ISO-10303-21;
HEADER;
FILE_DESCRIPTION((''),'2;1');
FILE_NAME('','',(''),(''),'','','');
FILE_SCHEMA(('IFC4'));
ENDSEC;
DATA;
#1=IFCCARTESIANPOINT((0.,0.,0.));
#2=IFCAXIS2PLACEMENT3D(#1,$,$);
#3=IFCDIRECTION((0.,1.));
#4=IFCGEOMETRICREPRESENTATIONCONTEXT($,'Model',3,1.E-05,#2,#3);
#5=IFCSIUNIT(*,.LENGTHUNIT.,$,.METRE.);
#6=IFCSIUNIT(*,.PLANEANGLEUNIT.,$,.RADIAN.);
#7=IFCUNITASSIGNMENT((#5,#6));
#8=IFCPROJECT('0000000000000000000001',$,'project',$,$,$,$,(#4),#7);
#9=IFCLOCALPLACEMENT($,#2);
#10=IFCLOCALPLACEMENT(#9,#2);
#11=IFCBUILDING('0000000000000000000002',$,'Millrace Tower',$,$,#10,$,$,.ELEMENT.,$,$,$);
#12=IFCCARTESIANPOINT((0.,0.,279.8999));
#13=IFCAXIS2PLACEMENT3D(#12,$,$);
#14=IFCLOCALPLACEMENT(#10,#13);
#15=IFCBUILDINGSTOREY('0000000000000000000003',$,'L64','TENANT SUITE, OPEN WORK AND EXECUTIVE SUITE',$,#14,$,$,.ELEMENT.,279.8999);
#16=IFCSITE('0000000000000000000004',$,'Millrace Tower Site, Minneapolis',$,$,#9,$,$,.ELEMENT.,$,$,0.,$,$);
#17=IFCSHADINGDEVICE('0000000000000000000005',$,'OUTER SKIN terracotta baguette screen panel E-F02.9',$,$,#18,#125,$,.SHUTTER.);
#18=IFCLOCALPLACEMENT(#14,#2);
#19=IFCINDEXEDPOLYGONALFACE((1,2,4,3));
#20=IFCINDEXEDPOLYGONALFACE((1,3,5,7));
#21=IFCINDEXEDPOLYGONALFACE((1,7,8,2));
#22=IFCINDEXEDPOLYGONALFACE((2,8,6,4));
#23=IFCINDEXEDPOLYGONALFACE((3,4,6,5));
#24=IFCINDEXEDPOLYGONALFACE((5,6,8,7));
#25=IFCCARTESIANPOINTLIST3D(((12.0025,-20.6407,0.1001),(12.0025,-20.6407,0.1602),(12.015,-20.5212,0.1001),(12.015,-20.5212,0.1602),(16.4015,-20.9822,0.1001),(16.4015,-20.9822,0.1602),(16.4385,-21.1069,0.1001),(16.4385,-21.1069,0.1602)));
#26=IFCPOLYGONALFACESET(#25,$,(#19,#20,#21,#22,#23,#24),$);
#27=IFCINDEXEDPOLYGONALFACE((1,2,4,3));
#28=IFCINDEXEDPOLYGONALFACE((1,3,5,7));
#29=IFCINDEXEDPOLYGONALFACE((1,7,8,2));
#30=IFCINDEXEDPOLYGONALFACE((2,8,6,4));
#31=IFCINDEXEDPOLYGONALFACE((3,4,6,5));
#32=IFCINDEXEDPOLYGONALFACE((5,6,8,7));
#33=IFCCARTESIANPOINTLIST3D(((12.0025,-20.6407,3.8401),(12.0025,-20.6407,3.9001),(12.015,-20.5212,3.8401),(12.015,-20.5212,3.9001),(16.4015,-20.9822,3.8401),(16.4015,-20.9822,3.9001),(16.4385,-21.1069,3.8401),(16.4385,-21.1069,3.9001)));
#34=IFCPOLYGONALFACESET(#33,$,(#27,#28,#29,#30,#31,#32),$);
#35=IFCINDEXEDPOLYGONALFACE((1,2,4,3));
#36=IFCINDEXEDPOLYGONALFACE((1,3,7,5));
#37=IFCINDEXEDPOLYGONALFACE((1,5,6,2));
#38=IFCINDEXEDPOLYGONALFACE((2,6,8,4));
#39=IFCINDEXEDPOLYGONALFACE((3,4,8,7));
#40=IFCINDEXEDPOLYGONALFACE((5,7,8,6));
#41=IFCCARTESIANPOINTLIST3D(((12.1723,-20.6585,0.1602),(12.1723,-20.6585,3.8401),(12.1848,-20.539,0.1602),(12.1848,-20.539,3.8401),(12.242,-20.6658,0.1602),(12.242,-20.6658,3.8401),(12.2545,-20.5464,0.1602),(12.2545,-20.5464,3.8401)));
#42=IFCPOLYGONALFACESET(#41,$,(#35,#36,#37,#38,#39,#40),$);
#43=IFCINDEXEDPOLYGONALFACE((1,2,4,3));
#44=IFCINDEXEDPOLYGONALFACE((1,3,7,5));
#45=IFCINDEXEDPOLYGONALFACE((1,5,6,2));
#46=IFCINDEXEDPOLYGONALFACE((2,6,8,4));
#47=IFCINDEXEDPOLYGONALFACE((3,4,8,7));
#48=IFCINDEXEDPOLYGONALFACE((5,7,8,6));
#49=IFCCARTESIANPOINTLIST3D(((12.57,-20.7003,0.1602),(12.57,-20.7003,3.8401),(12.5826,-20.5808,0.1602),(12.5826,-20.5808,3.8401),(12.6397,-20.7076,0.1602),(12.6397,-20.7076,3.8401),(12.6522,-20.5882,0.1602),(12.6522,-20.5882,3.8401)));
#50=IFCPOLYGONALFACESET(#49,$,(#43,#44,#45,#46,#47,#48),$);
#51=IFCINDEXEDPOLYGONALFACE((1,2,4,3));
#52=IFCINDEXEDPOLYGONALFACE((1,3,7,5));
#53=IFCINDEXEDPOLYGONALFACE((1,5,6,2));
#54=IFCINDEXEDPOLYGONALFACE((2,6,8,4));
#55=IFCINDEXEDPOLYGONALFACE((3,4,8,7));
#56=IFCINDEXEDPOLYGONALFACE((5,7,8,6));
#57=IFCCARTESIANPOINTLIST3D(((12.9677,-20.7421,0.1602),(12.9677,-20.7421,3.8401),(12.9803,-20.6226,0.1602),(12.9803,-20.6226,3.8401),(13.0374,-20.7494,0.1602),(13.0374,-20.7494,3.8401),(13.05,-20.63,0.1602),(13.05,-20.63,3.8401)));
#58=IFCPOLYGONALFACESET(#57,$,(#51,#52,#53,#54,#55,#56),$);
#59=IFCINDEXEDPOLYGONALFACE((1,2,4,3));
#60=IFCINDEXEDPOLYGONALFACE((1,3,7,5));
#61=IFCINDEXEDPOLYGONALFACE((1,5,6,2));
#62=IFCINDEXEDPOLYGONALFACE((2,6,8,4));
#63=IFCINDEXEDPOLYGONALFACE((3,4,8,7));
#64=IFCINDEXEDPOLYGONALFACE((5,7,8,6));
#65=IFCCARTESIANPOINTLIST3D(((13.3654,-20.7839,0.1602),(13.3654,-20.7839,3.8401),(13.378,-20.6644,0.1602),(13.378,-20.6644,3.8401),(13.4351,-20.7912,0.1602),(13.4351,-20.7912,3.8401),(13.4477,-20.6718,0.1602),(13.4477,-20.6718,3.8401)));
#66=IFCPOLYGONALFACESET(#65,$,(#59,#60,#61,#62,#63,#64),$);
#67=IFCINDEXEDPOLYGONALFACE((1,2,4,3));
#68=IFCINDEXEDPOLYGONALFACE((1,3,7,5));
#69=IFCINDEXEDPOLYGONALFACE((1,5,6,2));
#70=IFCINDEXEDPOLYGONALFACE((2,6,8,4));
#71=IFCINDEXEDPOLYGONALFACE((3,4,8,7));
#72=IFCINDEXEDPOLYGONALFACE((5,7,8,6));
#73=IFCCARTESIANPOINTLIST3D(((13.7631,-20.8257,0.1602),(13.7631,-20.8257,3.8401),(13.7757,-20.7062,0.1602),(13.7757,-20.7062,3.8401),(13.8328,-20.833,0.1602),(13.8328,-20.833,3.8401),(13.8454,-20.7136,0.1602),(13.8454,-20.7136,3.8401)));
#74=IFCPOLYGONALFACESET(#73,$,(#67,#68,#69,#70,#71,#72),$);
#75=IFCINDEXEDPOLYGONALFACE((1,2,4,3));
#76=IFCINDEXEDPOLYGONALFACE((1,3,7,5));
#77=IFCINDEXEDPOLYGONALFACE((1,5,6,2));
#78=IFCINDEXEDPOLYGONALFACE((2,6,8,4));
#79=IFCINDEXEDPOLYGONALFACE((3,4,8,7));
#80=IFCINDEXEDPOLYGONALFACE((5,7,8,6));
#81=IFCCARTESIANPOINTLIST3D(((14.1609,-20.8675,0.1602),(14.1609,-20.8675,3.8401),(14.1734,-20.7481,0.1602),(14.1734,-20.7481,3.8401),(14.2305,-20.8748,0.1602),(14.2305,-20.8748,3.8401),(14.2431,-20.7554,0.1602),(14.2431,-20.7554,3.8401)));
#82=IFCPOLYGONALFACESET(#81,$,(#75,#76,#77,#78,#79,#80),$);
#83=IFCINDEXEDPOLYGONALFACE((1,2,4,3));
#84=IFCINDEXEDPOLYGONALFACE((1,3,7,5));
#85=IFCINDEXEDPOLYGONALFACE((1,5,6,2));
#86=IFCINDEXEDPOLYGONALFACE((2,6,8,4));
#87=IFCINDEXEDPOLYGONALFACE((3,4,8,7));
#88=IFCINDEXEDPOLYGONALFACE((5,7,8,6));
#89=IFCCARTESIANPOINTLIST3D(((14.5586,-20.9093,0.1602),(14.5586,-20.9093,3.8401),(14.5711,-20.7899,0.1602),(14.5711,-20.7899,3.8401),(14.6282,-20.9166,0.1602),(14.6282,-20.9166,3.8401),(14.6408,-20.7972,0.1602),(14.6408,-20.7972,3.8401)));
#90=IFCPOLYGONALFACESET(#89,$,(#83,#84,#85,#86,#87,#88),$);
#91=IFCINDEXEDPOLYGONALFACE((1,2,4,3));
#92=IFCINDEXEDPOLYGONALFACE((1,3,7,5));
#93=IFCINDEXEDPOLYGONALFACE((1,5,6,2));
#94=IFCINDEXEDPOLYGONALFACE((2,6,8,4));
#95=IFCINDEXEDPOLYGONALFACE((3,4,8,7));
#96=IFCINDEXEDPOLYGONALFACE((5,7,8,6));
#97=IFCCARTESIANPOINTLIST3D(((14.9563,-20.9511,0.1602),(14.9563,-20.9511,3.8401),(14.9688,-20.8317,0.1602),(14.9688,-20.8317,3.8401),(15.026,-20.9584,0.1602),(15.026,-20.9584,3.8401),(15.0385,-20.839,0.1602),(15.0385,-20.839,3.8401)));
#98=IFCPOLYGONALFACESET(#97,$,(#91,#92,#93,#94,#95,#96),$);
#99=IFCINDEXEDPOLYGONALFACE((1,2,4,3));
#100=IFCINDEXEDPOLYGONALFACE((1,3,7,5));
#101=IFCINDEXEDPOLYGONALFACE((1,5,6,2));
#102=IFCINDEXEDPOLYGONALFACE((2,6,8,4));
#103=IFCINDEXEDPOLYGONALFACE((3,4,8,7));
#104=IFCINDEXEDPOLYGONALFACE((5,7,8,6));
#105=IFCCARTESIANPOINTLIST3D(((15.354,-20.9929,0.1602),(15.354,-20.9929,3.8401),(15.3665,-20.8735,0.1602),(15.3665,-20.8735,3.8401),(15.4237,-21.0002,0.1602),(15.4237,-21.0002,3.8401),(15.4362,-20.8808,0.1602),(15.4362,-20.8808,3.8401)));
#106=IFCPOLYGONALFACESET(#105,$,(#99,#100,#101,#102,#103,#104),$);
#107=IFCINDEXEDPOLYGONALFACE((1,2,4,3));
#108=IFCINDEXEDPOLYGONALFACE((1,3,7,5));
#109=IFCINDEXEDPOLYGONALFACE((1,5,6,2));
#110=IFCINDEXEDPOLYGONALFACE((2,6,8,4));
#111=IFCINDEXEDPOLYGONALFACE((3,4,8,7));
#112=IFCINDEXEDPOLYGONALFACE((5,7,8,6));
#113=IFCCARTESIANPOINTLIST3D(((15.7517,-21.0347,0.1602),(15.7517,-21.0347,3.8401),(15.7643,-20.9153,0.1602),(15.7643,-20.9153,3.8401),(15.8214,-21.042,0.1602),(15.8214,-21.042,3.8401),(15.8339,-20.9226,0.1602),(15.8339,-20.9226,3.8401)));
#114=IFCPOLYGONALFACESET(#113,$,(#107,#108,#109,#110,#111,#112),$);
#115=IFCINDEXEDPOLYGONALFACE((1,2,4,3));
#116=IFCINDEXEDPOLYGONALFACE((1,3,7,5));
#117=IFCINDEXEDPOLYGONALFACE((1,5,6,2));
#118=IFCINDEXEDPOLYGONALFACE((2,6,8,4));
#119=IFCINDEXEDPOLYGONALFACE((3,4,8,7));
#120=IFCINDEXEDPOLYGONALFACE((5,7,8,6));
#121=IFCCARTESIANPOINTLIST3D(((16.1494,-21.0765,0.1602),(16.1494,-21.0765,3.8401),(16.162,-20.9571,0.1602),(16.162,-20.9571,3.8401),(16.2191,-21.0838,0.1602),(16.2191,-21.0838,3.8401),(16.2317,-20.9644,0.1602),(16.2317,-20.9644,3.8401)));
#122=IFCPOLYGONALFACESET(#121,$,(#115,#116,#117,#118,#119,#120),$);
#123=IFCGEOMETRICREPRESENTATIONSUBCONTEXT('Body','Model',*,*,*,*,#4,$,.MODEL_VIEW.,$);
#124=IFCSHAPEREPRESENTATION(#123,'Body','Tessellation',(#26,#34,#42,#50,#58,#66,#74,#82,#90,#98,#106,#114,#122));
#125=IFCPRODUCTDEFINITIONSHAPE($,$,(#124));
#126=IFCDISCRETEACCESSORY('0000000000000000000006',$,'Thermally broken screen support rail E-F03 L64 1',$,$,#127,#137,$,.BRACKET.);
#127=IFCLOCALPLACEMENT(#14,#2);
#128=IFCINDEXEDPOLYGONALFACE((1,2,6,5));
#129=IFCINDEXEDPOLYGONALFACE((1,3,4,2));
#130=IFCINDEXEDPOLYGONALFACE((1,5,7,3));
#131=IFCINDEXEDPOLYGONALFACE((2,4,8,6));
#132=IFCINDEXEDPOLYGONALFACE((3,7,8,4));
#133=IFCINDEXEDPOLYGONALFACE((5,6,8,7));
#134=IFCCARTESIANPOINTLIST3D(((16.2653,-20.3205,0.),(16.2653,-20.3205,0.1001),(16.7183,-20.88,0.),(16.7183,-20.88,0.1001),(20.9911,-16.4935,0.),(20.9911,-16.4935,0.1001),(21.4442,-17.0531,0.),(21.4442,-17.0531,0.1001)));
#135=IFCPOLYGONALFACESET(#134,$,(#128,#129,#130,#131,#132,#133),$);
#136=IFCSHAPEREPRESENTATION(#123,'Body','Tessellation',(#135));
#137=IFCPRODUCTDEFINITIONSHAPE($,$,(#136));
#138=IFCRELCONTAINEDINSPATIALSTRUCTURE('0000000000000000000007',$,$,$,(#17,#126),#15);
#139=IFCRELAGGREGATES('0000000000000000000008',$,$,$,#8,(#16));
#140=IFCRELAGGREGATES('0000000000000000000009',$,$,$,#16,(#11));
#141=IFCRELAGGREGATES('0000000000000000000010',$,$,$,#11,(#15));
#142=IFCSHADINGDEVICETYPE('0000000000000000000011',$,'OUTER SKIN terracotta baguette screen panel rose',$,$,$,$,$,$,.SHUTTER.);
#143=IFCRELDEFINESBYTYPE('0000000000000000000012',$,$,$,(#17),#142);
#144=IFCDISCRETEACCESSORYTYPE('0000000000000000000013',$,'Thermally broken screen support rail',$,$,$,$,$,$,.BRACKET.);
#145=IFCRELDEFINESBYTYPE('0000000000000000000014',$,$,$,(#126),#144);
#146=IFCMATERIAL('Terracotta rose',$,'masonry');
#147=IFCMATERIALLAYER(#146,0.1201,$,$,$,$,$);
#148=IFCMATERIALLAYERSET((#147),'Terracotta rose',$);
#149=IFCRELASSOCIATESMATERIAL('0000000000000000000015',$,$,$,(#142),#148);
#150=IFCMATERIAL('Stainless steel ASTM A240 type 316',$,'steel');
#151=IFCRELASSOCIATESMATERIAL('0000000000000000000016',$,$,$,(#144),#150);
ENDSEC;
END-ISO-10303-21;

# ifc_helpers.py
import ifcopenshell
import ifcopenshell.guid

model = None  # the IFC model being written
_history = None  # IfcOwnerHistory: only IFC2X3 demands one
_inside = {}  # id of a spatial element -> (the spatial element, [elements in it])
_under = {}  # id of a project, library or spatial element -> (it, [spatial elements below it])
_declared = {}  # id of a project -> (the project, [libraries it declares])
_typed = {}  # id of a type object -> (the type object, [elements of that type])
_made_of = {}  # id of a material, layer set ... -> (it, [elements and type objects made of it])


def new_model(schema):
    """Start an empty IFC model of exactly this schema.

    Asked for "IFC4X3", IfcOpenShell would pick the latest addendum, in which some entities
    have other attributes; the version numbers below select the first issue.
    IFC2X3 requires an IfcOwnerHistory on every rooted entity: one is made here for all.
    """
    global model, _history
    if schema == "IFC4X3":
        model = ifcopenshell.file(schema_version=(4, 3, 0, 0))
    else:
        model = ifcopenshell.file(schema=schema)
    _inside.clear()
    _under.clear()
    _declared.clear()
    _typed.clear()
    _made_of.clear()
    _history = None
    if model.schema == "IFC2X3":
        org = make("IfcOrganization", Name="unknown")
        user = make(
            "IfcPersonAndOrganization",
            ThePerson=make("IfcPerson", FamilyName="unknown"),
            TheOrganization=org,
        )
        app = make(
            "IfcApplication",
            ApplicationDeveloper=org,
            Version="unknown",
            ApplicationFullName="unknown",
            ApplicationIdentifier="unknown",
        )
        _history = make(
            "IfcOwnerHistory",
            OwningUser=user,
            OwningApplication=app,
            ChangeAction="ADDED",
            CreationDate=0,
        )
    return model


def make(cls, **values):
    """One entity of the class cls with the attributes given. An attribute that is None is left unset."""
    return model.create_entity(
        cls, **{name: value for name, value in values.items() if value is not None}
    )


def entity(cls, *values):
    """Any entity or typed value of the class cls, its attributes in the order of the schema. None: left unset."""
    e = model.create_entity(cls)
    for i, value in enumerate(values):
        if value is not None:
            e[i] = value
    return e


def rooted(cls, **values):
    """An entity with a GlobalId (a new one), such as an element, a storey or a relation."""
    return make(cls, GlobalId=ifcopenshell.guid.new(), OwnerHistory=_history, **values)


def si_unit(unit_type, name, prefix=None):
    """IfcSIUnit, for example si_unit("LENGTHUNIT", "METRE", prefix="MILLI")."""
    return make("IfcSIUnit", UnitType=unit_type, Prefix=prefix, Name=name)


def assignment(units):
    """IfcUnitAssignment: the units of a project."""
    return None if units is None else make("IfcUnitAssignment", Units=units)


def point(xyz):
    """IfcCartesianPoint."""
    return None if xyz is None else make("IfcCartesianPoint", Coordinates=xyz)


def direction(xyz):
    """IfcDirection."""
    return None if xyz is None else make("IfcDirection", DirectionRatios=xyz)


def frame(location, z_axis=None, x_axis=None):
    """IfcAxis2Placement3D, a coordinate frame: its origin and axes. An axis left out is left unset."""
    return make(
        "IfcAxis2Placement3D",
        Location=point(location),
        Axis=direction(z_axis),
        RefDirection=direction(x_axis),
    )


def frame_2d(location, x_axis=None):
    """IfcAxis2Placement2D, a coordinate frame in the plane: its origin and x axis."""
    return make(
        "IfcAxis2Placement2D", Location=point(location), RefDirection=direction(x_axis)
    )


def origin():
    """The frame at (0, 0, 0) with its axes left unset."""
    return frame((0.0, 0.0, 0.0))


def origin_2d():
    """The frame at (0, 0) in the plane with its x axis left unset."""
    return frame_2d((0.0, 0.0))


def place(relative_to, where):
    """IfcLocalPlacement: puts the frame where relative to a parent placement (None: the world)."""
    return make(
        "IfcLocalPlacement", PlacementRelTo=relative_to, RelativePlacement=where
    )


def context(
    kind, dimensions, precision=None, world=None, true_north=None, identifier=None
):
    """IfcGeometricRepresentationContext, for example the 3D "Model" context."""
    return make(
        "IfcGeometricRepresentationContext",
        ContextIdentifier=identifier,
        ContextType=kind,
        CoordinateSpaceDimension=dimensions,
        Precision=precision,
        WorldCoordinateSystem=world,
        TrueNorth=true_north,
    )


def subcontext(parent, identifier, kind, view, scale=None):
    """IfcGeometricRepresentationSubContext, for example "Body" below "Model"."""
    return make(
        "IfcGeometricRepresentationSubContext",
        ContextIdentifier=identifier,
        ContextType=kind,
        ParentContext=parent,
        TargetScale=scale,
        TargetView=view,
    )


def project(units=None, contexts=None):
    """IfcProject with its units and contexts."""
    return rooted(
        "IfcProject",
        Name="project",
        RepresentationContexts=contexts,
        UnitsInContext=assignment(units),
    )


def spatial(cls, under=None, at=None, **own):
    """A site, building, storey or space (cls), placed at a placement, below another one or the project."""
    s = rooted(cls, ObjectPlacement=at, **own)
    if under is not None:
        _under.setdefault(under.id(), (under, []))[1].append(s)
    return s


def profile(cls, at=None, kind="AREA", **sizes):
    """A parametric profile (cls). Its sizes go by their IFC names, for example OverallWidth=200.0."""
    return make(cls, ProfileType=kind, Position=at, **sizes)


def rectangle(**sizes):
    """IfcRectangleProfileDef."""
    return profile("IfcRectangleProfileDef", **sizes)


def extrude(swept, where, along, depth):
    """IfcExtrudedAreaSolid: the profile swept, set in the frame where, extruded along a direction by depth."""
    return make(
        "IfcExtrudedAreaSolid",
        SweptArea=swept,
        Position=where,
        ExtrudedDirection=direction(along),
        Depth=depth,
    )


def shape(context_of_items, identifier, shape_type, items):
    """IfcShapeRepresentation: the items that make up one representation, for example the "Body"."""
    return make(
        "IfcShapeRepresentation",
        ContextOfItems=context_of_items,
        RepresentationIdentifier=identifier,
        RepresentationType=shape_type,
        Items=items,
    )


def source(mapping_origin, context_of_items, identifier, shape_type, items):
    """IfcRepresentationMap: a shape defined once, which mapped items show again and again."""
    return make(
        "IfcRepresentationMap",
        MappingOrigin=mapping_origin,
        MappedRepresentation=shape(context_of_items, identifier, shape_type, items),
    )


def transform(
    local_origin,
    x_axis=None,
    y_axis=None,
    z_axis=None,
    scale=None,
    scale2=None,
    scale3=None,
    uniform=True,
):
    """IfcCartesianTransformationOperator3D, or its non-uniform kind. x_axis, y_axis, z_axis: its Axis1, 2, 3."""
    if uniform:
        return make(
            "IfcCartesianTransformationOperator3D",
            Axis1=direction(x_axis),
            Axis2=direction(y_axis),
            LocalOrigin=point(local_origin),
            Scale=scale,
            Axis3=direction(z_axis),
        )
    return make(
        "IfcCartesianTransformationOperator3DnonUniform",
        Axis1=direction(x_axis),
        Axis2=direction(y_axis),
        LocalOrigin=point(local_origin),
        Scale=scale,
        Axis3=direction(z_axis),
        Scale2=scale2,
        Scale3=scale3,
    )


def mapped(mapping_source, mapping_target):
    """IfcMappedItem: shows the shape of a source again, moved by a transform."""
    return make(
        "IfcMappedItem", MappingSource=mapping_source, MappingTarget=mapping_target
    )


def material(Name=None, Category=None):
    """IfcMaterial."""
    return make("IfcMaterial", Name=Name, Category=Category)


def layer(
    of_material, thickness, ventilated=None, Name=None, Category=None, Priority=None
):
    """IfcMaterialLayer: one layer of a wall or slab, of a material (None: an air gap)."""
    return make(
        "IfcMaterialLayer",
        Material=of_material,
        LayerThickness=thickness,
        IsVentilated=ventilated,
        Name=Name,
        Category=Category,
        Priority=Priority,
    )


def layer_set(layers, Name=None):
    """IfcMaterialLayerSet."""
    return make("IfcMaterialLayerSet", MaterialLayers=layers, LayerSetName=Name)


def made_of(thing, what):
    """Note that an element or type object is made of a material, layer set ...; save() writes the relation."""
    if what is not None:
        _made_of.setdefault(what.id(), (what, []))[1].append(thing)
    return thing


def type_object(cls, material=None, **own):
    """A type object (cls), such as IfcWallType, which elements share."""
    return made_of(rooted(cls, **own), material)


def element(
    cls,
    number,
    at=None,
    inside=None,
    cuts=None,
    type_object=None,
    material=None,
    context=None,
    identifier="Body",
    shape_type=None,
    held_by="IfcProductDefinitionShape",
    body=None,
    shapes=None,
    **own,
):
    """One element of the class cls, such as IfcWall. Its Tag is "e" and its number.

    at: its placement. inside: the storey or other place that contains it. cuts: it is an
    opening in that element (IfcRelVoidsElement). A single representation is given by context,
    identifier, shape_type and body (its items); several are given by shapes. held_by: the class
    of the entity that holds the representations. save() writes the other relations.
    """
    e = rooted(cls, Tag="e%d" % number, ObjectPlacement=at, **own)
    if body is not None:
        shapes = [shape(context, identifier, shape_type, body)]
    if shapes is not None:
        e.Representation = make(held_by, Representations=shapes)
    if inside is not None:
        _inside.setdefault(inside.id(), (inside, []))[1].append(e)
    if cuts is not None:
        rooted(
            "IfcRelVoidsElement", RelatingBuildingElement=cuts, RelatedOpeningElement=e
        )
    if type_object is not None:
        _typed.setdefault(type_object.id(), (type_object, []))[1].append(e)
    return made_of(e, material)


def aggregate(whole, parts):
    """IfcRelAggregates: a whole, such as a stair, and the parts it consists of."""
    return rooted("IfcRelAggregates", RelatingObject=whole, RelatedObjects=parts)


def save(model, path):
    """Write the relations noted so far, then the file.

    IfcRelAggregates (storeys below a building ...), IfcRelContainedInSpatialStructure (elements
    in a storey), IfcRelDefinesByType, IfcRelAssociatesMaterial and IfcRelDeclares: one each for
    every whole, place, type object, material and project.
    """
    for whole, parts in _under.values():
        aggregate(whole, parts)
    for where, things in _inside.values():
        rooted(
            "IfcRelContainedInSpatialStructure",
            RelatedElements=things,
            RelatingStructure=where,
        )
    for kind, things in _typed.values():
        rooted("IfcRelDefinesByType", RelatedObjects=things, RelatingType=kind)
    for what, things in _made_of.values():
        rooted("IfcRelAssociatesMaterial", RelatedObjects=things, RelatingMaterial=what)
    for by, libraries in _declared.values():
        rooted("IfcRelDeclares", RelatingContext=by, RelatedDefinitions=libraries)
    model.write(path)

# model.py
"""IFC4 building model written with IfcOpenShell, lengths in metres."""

from ifc_helpers import new_model, entity, si_unit, direction, frame, frame_2d, origin, origin_2d, place, context, subcontext, project, spatial, rectangle, extrude, source, transform, mapped, material, layer, layer_set, type_object, element, save


model = new_model("IFC4")

# Units and contexts
model_context = context("Model", 3, precision=1e-05, world=origin(), true_north=direction((0.0, 1.0)))
body_context = subcontext(model_context, "Body", "Model", "MODEL_VIEW")
ifc_project = project(units=[si_unit("LENGTHUNIT", "METRE"), si_unit("PLANEANGLEUNIT", "RADIAN")], contexts=[model_context])

# Site, building, storey
site_placement = place(None, origin())
site = spatial("IfcSite", under=ifc_project, at=site_placement, Name="Millrace Tower Site, Minneapolis", CompositionType="ELEMENT", RefElevation=0.0)
building_placement = place(site_placement, origin())
building = spatial("IfcBuilding", under=site, at=building_placement, Name="Millrace Tower", CompositionType="ELEMENT")
storey_placement = place(building_placement, frame((0.0, 0.0, 279.8999)))
storey = spatial("IfcBuildingStorey", under=building, at=storey_placement, Name="L64", Description="TENANT SUITE, OPEN WORK AND EXECUTIVE SUITE", CompositionType="ELEMENT", Elevation=279.8999)

# Shading device
ifc_material_1 = material(Name="Terracotta rose", Category="masonry")
ifc_layer_1 = layer(ifc_material_1, 0.1201)
ifc_layer_set_1 = layer_set([ifc_layer_1], Name="Terracotta rose")
shading_device_type = type_object("IfcShadingDeviceType", Name="OUTER SKIN terracotta baguette screen panel rose", PredefinedType="SHUTTER", material=ifc_layer_set_1)
cartesian_point_1 = entity("IfcCartesianPoint", [-2.2178, 0.0601])
shared_polyline_1 = entity("IfcPolyline", [cartesian_point_1, entity("IfcCartesianPoint", [2.1929, 0.0601]), entity("IfcCartesianPoint", [2.2427, -0.0601]), entity("IfcCartesianPoint", [-2.2178, -0.0601]), cartesian_point_1])
shared_shape_1 = source(origin(), body_context, "Body", "SweptSolid", [
    entity("IfcExtrudedAreaSolid", entity("IfcArbitraryClosedProfileDef", "AREA", None, shared_polyline_1), entity("IfcAxis2Placement3D", entity("IfcCartesianPoint", [0.0, 0.0, 0.0])), entity("IfcDirection", [0.0, 0.0, 1.0]), 0.0601),
    entity("IfcExtrudedAreaSolid", entity("IfcArbitraryClosedProfileDef", "AREA", None, shared_polyline_1), entity("IfcAxis2Placement3D", entity("IfcCartesianPoint", [0.0, 0.0, 3.74])), entity("IfcDirection", [0.0, 0.0, 1.0]), 0.0601),
    extrude(rectangle(XDim=0.0701, YDim=0.1201, at=frame_2d((-2.012, 0.0))), frame((0.0, 0.0, 0.0601)), (0.0, 0.0, 1.0), 3.6799),
    extrude(rectangle(XDim=0.0701, YDim=0.1201, at=frame_2d((-1.6121, 0.0))), frame((0.0, 0.0, 0.0601)), (0.0, 0.0, 1.0), 3.6799),
    extrude(rectangle(XDim=0.0701, YDim=0.1201, at=frame_2d((-1.2122, 0.0))), frame((0.0, 0.0, 0.0601)), (0.0, 0.0, 1.0), 3.6799),
    extrude(rectangle(XDim=0.0701, YDim=0.1201, at=frame_2d((-0.8123, 0.0))), frame((0.0, 0.0, 0.0601)), (0.0, 0.0, 1.0), 3.6799),
    extrude(rectangle(XDim=0.0701, YDim=0.1201, at=frame_2d((-0.4124, 0.0))), frame((0.0, 0.0, 0.0601)), (0.0, 0.0, 1.0), 3.6799),
    extrude(rectangle(XDim=0.0701, YDim=0.1201, at=frame_2d((-0.0125, 0.0))), frame((0.0, 0.0, 0.0601)), (0.0, 0.0, 1.0), 3.6799),
    extrude(rectangle(XDim=0.0701, YDim=0.1201, at=frame_2d((0.3875, 0.0))), frame((0.0, 0.0, 0.0601)), (0.0, 0.0, 1.0), 3.6799),
    extrude(rectangle(XDim=0.0701, YDim=0.1201, at=frame_2d((0.7874, 0.0))), frame((0.0, 0.0, 0.0601)), (0.0, 0.0, 1.0), 3.6799),
    extrude(rectangle(XDim=0.0701, YDim=0.1201, at=frame_2d((1.1873, 0.0))), frame((0.0, 0.0, 0.0601)), (0.0, 0.0, 1.0), 3.6799),
    extrude(rectangle(XDim=0.0701, YDim=0.1201, at=frame_2d((1.5872, 0.0))), frame((0.0, 0.0, 0.0601)), (0.0, 0.0, 1.0), 3.6799),
    extrude(rectangle(XDim=0.0701, YDim=0.1201, at=frame_2d((1.9871, 0.0))), frame((0.0, 0.0, 0.0601)), (0.0, 0.0, 1.0), 3.6799),
])
shading_device_1_placement = place(storey_placement, frame((14.2144, -20.8127, 0.1001), z_axis=(0.0, 0.0, 1.0), x_axis=(0.994522, -0.104528, 0.0)))
element("IfcShadingDevice", 1, at=shading_device_1_placement, inside=storey, type_object=shading_device_type, Name="OUTER SKIN terracotta baguette screen panel E-F02.9", PredefinedType="SHUTTER", context=body_context, shape_type="MappedRepresentation", body=[
    mapped(shared_shape_1, transform((0.0, 0.0, 0.0), scale=1.0)),
])

# Discrete accessory
ifc_material_2 = material(Name="Stainless steel ASTM A240 type 316", Category="steel")
discrete_accessory_type = type_object("IfcDiscreteAccessoryType", Name="Thermally broken screen support rail", PredefinedType="BRACKET", material=ifc_material_2)
discrete_accessory_placement = place(storey_placement, frame((18.8547, -18.6868, 0.0), z_axis=(0.0, 0.0, 1.0), x_axis=(0.777146, 0.62932, 0.0)))
element("IfcDiscreteAccessory", 2, at=discrete_accessory_placement, inside=storey, type_object=discrete_accessory_type, Name="Thermally broken screen support rail E-F03 L64 1", PredefinedType="BRACKET", context=body_context, shape_type="SweptSolid", body=[
    extrude(rectangle(XDim=6.0811, YDim=0.72, at=origin_2d()), origin(), (0.0, 0.0, 1.0), 0.1001),
])

save(model, "model.ifc")
